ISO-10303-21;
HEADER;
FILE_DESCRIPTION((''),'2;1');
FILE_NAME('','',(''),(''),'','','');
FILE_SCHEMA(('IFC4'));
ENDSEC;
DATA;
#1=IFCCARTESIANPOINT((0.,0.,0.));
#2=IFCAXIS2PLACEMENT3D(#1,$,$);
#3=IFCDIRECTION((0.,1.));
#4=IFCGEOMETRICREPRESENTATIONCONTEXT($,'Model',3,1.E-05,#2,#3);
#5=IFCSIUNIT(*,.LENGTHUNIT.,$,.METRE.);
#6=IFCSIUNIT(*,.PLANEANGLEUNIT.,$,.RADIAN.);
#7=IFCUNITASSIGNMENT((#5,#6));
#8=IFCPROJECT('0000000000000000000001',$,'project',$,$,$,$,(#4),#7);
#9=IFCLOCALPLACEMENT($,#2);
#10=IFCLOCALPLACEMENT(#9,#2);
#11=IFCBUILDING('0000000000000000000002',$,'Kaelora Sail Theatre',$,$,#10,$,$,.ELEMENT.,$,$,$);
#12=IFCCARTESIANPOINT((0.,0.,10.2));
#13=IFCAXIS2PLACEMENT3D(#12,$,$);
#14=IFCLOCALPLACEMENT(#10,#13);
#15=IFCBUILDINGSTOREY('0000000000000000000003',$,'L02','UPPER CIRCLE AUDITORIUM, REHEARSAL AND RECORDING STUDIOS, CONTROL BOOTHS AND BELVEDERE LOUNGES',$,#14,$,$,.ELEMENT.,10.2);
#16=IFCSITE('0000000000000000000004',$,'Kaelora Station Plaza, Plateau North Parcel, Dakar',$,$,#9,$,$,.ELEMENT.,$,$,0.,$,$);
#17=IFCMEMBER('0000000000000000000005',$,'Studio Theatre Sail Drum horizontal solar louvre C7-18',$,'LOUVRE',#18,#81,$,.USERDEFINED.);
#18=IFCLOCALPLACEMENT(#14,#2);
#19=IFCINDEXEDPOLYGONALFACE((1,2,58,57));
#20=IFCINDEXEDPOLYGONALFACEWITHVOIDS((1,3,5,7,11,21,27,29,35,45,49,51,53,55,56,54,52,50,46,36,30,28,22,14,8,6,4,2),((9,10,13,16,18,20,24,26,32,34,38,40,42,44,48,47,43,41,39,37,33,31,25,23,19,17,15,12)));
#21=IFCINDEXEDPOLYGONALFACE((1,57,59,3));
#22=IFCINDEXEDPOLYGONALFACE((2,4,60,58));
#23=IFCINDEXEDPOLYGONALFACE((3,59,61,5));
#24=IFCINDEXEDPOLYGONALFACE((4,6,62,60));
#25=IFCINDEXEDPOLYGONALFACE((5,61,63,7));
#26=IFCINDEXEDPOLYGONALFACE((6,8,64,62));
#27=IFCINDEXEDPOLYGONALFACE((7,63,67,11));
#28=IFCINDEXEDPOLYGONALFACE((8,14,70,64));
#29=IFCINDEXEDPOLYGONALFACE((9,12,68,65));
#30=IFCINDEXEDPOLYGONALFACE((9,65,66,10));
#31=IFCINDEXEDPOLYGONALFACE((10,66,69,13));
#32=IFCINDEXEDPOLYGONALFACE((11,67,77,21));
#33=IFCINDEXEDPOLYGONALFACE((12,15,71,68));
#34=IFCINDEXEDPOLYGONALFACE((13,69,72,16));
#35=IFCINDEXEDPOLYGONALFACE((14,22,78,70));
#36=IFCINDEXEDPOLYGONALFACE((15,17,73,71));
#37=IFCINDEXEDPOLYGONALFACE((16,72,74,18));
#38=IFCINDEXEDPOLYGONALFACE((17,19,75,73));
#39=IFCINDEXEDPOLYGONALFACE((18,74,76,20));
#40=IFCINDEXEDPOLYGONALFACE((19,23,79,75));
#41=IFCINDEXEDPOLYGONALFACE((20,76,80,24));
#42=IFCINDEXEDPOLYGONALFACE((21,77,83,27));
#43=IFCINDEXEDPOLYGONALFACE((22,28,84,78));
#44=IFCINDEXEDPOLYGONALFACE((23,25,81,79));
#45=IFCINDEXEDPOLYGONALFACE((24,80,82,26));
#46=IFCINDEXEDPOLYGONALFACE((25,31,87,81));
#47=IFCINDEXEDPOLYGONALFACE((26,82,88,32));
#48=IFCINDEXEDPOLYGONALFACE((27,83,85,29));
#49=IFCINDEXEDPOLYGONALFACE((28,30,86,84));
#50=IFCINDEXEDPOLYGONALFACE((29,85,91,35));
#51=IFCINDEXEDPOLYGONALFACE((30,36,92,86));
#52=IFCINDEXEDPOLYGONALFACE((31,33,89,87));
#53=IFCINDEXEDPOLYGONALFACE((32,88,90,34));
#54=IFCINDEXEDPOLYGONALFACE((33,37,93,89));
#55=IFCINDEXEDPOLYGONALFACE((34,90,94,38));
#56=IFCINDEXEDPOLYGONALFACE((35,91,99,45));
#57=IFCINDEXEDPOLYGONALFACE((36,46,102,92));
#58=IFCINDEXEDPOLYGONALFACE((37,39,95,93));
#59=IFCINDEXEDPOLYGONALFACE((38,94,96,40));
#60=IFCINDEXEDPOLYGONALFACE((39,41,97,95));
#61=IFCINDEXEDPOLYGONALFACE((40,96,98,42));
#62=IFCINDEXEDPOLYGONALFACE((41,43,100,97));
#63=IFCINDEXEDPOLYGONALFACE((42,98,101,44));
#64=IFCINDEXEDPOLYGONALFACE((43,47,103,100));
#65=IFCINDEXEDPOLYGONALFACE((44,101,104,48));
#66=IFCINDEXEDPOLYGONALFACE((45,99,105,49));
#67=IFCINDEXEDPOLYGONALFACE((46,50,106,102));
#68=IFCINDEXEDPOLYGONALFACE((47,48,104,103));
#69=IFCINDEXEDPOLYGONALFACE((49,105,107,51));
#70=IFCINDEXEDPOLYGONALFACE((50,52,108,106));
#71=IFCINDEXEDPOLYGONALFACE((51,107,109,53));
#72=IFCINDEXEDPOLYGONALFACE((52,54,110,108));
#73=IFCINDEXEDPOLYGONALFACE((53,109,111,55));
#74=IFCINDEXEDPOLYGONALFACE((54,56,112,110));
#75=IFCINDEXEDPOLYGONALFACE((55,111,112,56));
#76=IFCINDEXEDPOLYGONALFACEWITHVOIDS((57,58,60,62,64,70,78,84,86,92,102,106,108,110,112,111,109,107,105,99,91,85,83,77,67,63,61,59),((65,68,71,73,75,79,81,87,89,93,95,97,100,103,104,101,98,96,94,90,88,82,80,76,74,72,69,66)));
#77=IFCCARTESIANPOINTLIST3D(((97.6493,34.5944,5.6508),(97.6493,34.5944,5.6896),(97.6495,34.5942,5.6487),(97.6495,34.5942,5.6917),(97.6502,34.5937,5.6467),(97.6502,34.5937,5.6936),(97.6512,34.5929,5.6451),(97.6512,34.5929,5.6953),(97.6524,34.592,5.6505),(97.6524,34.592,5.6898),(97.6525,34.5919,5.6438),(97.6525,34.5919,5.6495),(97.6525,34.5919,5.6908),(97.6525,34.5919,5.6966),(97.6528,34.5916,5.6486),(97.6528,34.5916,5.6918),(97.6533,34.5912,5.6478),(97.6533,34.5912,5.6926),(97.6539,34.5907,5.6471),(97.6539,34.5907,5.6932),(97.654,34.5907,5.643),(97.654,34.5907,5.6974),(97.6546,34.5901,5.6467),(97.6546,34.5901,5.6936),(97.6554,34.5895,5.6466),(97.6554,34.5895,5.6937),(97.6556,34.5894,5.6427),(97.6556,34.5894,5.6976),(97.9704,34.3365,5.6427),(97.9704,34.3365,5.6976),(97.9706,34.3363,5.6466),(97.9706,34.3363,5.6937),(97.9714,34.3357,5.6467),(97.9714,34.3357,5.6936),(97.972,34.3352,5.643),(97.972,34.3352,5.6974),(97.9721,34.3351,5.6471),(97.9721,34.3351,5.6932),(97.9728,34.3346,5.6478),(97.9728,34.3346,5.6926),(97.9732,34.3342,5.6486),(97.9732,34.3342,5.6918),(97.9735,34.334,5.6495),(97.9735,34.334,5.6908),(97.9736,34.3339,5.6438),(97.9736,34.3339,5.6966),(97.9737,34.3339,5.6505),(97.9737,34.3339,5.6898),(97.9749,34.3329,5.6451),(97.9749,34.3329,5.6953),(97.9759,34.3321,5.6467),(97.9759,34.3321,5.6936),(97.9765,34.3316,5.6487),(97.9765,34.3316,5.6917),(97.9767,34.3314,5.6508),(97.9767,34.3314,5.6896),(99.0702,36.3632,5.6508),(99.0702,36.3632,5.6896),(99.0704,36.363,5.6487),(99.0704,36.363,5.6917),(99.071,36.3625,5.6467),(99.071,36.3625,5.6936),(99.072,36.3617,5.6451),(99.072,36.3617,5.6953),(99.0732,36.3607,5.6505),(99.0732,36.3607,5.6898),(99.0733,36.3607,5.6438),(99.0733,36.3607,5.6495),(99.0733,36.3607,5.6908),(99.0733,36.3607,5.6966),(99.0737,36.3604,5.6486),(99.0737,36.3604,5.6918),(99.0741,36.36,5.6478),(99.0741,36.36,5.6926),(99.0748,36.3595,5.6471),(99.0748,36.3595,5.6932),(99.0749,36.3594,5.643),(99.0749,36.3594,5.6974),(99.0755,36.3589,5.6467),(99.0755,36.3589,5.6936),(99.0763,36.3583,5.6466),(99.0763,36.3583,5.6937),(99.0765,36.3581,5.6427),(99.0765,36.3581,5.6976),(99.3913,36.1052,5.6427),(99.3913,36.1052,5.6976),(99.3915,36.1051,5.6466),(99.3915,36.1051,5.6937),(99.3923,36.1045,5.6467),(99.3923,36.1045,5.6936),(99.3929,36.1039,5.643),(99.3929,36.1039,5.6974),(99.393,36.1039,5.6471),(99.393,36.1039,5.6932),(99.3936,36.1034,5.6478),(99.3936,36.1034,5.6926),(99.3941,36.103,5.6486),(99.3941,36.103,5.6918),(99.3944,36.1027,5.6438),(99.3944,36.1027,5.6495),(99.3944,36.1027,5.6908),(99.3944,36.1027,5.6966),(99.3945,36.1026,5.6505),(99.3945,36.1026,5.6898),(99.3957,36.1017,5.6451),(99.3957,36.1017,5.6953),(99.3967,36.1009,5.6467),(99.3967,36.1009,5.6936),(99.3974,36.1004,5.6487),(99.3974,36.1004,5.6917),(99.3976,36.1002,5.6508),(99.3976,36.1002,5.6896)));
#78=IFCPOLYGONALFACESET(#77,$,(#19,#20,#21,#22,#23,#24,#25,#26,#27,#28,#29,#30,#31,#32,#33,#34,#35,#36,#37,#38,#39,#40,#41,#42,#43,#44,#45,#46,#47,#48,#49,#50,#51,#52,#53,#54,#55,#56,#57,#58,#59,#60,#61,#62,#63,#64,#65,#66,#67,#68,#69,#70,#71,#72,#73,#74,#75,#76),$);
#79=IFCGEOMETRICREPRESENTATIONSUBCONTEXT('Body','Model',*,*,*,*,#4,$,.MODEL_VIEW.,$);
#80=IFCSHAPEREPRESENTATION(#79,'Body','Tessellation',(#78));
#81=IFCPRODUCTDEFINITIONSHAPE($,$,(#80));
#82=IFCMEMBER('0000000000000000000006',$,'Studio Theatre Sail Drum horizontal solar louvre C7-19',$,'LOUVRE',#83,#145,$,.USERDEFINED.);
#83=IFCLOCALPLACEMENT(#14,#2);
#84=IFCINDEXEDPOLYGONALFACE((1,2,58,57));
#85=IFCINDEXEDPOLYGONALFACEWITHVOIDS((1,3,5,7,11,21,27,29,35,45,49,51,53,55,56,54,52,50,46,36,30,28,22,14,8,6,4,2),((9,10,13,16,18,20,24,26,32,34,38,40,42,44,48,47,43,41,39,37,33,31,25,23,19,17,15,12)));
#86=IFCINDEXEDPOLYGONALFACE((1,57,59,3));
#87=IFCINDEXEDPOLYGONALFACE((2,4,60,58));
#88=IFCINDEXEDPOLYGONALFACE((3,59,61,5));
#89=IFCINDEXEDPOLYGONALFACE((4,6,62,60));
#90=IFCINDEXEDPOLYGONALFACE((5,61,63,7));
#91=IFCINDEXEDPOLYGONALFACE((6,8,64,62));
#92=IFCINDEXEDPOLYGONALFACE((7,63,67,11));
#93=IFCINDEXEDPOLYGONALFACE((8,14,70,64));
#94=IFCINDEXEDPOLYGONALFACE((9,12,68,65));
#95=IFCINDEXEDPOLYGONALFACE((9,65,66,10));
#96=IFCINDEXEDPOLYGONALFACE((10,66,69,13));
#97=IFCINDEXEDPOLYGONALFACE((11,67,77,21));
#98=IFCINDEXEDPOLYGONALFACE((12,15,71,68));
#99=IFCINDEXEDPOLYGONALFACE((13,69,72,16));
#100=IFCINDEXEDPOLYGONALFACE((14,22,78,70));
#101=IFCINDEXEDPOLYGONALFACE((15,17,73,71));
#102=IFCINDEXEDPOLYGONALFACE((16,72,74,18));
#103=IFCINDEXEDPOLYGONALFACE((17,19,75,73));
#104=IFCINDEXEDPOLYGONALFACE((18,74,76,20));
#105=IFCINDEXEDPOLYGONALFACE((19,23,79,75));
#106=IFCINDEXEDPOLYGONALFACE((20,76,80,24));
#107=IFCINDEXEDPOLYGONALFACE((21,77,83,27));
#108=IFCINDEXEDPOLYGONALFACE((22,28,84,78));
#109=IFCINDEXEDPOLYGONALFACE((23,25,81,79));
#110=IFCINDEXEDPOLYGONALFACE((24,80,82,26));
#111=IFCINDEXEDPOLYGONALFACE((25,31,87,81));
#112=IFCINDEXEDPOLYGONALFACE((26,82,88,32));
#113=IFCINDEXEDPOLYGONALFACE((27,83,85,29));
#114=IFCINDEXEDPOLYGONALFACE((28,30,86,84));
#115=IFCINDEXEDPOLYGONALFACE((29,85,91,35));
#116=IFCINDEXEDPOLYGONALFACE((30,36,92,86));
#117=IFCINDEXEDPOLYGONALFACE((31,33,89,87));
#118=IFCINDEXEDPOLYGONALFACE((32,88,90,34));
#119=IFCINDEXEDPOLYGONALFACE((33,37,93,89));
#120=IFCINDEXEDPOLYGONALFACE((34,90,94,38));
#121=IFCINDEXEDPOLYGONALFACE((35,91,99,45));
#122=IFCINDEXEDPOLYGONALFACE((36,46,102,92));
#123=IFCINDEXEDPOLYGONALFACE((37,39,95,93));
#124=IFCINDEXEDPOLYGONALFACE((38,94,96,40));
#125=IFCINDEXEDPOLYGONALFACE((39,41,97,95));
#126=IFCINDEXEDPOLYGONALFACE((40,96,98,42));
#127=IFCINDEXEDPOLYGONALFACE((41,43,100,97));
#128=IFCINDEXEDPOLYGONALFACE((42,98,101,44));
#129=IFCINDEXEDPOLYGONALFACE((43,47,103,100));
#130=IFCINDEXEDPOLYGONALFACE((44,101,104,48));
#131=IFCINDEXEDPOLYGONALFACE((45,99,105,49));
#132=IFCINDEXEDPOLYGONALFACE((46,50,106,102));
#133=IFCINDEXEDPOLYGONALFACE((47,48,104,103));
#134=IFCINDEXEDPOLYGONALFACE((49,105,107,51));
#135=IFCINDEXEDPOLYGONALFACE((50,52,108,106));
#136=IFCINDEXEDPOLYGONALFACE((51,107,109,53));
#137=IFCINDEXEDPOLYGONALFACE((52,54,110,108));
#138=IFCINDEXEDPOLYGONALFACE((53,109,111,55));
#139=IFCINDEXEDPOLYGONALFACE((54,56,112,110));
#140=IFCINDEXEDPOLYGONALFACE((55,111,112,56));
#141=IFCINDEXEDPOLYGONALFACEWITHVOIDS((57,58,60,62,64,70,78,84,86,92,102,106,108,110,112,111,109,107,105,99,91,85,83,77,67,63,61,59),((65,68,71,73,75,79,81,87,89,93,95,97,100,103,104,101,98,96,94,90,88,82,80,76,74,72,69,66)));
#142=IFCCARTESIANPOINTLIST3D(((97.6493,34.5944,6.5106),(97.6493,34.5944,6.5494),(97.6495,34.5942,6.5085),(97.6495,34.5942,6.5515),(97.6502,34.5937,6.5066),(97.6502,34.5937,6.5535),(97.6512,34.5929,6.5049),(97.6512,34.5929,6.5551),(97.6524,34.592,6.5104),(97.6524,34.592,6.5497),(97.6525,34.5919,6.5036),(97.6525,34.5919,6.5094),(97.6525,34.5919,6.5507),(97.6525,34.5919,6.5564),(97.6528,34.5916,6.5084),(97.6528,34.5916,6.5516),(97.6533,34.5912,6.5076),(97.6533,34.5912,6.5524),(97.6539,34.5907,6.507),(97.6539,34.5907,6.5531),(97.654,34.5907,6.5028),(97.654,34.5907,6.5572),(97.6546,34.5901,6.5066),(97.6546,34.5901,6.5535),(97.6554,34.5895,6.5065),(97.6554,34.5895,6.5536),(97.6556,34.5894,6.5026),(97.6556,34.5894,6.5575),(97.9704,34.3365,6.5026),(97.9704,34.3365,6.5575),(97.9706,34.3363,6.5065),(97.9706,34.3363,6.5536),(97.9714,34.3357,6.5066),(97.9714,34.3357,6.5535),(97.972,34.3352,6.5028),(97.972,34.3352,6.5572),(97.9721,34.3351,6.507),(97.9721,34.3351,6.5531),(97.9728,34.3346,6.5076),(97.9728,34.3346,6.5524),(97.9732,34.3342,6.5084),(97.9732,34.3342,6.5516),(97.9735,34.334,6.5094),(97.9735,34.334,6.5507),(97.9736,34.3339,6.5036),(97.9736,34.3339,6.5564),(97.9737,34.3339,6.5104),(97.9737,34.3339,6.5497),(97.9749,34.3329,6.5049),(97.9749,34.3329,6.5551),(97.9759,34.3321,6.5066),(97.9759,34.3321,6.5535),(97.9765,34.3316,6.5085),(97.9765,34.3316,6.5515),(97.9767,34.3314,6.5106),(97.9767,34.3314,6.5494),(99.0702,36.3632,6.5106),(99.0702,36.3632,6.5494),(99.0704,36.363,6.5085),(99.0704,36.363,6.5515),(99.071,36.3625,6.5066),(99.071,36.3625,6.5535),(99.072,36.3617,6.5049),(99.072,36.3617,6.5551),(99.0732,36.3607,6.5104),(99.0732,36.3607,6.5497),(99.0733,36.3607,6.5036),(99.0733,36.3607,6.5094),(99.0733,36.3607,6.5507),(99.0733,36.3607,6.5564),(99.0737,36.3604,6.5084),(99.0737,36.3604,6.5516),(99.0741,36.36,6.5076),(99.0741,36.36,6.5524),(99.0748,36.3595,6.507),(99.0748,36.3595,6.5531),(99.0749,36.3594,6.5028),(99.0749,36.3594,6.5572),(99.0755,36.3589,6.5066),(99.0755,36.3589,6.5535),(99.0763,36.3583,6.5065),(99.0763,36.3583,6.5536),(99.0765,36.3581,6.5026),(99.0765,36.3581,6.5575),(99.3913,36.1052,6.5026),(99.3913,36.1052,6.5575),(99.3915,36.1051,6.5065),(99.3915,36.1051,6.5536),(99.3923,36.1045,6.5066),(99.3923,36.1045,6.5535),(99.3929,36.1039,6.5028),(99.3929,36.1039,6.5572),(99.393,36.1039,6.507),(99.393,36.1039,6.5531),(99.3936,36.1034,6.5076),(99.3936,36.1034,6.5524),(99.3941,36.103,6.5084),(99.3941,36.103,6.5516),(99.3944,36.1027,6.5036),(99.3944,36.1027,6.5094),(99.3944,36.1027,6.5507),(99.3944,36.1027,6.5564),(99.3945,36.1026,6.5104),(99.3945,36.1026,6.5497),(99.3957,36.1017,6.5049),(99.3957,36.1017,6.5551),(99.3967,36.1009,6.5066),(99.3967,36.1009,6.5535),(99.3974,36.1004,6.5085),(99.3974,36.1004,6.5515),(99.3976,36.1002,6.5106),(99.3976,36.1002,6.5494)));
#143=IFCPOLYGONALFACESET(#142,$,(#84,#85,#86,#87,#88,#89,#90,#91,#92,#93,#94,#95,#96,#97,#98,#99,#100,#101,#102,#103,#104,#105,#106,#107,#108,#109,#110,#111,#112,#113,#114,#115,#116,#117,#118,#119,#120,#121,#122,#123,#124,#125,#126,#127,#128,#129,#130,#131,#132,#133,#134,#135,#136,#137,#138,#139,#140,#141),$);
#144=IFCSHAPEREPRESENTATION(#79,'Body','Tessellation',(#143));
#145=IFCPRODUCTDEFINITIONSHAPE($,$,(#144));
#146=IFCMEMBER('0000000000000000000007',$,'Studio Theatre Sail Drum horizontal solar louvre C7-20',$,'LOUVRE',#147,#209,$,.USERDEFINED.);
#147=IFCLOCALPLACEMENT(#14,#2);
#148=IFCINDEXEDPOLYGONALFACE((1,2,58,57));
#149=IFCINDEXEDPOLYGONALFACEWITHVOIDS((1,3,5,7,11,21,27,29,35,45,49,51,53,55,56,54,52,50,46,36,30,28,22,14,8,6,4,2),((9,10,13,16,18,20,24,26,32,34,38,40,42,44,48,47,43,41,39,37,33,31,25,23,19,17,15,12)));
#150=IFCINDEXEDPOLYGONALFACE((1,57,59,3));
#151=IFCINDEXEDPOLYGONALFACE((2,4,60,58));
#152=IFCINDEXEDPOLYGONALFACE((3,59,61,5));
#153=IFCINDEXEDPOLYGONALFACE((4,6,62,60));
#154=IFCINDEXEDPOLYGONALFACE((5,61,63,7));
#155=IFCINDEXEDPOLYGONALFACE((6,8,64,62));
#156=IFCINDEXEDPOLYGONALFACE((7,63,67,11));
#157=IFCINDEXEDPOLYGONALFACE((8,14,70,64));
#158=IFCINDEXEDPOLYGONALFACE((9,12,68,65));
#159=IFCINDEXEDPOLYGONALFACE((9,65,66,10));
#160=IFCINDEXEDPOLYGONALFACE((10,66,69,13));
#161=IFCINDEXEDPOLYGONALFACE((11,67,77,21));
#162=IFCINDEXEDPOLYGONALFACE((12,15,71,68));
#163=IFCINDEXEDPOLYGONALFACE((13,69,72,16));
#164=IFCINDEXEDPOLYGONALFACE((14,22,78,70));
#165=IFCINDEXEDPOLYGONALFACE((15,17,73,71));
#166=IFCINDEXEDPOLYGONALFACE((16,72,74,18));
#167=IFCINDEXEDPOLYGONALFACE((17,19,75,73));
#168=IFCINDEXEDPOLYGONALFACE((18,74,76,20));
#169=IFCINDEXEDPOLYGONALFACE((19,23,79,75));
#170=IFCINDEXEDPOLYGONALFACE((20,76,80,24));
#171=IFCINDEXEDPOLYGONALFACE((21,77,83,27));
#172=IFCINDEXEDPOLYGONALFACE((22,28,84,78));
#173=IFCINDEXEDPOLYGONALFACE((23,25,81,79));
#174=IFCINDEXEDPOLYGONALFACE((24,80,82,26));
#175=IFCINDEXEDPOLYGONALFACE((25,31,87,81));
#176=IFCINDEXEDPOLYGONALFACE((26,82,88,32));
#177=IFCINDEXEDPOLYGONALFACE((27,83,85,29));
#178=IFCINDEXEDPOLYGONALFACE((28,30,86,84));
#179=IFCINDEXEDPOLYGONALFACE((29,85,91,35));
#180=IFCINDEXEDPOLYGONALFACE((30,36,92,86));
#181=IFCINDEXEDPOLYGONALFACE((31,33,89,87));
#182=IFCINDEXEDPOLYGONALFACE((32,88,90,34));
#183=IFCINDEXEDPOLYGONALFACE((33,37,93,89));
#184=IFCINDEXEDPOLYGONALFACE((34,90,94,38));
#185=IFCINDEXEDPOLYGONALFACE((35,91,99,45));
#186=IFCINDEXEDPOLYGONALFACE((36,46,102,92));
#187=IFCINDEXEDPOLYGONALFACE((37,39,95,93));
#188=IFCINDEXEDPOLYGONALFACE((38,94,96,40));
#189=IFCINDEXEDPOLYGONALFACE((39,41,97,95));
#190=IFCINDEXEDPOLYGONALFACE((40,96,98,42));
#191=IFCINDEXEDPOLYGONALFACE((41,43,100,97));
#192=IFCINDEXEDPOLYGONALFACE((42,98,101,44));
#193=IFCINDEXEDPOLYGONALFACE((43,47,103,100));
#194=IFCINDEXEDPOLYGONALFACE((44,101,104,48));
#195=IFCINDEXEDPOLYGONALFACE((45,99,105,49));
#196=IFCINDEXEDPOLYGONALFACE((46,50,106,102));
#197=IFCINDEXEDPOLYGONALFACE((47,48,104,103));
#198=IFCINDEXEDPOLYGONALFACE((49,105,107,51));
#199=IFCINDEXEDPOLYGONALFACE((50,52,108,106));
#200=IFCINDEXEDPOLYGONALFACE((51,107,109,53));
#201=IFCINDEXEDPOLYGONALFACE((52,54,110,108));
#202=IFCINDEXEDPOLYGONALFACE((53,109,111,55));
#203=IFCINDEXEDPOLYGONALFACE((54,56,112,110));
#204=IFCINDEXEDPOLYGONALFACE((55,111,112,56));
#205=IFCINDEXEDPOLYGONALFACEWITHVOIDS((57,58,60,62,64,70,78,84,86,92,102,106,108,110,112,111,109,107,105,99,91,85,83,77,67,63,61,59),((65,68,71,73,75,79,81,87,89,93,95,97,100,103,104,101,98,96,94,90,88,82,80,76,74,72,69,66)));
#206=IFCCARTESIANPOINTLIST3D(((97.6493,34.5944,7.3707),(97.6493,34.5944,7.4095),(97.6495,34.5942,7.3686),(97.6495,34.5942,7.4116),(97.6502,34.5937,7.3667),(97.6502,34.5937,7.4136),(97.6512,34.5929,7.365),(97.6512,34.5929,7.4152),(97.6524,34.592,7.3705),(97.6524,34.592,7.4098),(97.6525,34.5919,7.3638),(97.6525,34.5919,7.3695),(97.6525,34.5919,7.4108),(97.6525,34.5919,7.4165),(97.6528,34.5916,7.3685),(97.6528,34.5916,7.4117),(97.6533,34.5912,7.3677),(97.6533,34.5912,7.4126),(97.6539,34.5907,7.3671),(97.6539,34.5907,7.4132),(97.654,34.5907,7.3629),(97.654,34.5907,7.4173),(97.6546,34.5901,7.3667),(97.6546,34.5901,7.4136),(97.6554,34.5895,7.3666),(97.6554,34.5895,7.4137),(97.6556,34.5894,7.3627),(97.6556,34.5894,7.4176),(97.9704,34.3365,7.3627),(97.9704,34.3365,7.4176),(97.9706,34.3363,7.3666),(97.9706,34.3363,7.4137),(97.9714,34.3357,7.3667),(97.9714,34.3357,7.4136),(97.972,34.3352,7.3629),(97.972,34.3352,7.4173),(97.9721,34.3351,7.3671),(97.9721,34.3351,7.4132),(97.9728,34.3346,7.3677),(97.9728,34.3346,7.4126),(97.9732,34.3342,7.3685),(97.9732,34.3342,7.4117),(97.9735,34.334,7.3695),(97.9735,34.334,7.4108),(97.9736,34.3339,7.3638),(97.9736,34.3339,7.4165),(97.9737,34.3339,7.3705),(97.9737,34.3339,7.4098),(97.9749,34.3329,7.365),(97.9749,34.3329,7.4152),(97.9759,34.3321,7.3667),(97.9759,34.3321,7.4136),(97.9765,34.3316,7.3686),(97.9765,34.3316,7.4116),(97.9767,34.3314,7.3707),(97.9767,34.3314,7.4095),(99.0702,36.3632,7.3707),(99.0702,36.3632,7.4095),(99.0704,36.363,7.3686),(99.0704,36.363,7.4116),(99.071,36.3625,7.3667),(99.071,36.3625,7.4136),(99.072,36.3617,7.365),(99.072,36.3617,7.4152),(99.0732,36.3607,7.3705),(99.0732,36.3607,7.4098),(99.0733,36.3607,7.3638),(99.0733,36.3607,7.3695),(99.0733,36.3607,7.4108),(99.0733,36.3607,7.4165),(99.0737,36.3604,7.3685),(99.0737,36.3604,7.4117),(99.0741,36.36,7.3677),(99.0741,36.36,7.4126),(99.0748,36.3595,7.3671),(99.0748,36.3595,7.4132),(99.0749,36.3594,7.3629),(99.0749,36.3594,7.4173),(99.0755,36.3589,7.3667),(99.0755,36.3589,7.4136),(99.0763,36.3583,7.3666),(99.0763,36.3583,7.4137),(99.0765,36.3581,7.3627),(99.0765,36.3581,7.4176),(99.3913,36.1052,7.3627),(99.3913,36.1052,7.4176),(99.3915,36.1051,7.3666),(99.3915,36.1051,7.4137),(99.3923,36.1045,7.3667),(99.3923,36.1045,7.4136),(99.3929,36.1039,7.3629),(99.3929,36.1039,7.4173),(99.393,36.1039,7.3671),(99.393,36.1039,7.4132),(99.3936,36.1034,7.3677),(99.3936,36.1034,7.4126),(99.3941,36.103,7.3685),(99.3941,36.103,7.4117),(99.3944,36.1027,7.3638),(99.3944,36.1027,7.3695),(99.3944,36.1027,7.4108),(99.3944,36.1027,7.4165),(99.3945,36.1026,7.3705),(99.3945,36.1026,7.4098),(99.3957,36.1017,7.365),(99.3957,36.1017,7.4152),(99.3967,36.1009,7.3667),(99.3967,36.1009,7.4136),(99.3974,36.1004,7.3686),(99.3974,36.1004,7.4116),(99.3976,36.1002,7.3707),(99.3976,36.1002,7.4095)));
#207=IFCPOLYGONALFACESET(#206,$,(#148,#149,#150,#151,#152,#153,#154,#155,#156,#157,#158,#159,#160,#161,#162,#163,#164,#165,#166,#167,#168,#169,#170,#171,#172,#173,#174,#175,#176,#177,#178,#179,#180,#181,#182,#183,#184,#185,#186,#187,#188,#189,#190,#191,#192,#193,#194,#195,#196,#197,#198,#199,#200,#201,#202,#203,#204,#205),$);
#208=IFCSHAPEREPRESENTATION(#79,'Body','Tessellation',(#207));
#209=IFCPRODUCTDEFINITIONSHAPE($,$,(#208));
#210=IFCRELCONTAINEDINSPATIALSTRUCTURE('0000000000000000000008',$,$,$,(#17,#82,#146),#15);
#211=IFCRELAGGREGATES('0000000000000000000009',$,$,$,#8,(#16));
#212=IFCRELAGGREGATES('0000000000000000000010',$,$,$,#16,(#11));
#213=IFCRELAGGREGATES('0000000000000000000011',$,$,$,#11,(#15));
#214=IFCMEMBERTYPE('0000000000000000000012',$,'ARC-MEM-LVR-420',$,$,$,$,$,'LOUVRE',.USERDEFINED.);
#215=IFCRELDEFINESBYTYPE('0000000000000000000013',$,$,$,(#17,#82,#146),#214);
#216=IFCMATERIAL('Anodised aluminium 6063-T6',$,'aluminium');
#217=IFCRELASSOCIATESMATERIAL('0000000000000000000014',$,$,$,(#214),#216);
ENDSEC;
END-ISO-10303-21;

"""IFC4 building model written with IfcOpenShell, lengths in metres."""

from ifc_helpers import new_model, si_unit, direction, frame, origin, origin_2d, place, context, subcontext, project, spatial, hollow_rectangle, extrude, material, material_profile, profile_set, type_object, element, save


model = new_model("IFC4")

# Units and contexts
model_context = context("Model", 3, precision=1e-05, world=origin(), true_north=direction((0.0, 1.0)))
body_context = subcontext(model_context, "Body", "Model", "MODEL_VIEW")
ifc_project = project(units=[si_unit("LENGTHUNIT", "METRE"), si_unit("PLANEANGLEUNIT", "RADIAN")], contexts=[model_context])

# Site, building, storey
site_placement = place(None, origin())
site = spatial("IfcSite", under=ifc_project, at=site_placement, Name="Kaelora Station Plaza, Plateau North Parcel, Dakar", CompositionType="ELEMENT", RefElevation=0.0)
building_placement = place(site_placement, origin())
building = spatial("IfcBuilding", under=site, at=building_placement, Name="Kaelora Sail Theatre", CompositionType="ELEMENT")
storey_placement = place(building_placement, frame((0.0, 0.0, 10.2)))
storey = spatial("IfcBuildingStorey", under=building, at=storey_placement, Name="L02", Description="UPPER CIRCLE AUDITORIUM, REHEARSAL AND RECORDING STUDIOS, CONTROL BOOTHS AND BELVEDERE LOUNGES", CompositionType="ELEMENT", Elevation=10.2)

# Members
ifc_material_1 = material(Name="Anodised aluminium 6063-T6", Category="aluminium")
ifc_material_profile_1 = material_profile(ifc_material_1, hollow_rectangle(XDim=0.4199, YDim=0.0549, WallThickness=0.0039, InnerFilletRadius=0.0039, OuterFilletRadius=0.0081, at=origin_2d()), Name="LOUVRE 420x55x4")
ifc_profile_set_1 = profile_set([ifc_material_profile_1], Name="Anodised aluminium 6063-T6")
member_type = type_object("IfcMemberType", Name="ARC-MEM-LVR-420", ElementType="LOUVRE", PredefinedType="USERDEFINED", material=ifc_profile_set_1)
for number, where, z_axis, x_axis, name in (
    (1, (99.2339, 36.2317, 5.6702), (-0.626269, -0.779607, 0.0), (0.779607, -0.626269, 0.0), "Studio Theatre Sail Drum horizontal solar louvre C7-18"),
    (2, (99.2339, 36.2317, 6.53), (-0.626269, -0.779607, 0.0), (0.779607, -0.626269, 0.0), "Studio Theatre Sail Drum horizontal solar louvre C7-19"),
    (3, (99.2339, 36.2317, 7.3901), (-0.626269, -0.779607, 0.0), (0.779607, -0.626269, 0.0), "Studio Theatre Sail Drum horizontal solar louvre C7-20"),
):
    element("IfcMember", number, at=place(storey_placement, frame(where, z_axis=z_axis, x_axis=x_axis)), inside=storey, type_object=member_type, Name=name, ObjectType="LOUVRE", PredefinedType="USERDEFINED", context=body_context, shape_type="SweptSolid", body=[
        extrude(hollow_rectangle(XDim=0.4199, YDim=0.0549, WallThickness=0.0039, InnerFilletRadius=0.0039, OuterFilletRadius=0.0081, at=origin_2d()), origin(), (0.0, 0.0, 1.0), 2.2688),
    ])

save(model, "model.ifc")
